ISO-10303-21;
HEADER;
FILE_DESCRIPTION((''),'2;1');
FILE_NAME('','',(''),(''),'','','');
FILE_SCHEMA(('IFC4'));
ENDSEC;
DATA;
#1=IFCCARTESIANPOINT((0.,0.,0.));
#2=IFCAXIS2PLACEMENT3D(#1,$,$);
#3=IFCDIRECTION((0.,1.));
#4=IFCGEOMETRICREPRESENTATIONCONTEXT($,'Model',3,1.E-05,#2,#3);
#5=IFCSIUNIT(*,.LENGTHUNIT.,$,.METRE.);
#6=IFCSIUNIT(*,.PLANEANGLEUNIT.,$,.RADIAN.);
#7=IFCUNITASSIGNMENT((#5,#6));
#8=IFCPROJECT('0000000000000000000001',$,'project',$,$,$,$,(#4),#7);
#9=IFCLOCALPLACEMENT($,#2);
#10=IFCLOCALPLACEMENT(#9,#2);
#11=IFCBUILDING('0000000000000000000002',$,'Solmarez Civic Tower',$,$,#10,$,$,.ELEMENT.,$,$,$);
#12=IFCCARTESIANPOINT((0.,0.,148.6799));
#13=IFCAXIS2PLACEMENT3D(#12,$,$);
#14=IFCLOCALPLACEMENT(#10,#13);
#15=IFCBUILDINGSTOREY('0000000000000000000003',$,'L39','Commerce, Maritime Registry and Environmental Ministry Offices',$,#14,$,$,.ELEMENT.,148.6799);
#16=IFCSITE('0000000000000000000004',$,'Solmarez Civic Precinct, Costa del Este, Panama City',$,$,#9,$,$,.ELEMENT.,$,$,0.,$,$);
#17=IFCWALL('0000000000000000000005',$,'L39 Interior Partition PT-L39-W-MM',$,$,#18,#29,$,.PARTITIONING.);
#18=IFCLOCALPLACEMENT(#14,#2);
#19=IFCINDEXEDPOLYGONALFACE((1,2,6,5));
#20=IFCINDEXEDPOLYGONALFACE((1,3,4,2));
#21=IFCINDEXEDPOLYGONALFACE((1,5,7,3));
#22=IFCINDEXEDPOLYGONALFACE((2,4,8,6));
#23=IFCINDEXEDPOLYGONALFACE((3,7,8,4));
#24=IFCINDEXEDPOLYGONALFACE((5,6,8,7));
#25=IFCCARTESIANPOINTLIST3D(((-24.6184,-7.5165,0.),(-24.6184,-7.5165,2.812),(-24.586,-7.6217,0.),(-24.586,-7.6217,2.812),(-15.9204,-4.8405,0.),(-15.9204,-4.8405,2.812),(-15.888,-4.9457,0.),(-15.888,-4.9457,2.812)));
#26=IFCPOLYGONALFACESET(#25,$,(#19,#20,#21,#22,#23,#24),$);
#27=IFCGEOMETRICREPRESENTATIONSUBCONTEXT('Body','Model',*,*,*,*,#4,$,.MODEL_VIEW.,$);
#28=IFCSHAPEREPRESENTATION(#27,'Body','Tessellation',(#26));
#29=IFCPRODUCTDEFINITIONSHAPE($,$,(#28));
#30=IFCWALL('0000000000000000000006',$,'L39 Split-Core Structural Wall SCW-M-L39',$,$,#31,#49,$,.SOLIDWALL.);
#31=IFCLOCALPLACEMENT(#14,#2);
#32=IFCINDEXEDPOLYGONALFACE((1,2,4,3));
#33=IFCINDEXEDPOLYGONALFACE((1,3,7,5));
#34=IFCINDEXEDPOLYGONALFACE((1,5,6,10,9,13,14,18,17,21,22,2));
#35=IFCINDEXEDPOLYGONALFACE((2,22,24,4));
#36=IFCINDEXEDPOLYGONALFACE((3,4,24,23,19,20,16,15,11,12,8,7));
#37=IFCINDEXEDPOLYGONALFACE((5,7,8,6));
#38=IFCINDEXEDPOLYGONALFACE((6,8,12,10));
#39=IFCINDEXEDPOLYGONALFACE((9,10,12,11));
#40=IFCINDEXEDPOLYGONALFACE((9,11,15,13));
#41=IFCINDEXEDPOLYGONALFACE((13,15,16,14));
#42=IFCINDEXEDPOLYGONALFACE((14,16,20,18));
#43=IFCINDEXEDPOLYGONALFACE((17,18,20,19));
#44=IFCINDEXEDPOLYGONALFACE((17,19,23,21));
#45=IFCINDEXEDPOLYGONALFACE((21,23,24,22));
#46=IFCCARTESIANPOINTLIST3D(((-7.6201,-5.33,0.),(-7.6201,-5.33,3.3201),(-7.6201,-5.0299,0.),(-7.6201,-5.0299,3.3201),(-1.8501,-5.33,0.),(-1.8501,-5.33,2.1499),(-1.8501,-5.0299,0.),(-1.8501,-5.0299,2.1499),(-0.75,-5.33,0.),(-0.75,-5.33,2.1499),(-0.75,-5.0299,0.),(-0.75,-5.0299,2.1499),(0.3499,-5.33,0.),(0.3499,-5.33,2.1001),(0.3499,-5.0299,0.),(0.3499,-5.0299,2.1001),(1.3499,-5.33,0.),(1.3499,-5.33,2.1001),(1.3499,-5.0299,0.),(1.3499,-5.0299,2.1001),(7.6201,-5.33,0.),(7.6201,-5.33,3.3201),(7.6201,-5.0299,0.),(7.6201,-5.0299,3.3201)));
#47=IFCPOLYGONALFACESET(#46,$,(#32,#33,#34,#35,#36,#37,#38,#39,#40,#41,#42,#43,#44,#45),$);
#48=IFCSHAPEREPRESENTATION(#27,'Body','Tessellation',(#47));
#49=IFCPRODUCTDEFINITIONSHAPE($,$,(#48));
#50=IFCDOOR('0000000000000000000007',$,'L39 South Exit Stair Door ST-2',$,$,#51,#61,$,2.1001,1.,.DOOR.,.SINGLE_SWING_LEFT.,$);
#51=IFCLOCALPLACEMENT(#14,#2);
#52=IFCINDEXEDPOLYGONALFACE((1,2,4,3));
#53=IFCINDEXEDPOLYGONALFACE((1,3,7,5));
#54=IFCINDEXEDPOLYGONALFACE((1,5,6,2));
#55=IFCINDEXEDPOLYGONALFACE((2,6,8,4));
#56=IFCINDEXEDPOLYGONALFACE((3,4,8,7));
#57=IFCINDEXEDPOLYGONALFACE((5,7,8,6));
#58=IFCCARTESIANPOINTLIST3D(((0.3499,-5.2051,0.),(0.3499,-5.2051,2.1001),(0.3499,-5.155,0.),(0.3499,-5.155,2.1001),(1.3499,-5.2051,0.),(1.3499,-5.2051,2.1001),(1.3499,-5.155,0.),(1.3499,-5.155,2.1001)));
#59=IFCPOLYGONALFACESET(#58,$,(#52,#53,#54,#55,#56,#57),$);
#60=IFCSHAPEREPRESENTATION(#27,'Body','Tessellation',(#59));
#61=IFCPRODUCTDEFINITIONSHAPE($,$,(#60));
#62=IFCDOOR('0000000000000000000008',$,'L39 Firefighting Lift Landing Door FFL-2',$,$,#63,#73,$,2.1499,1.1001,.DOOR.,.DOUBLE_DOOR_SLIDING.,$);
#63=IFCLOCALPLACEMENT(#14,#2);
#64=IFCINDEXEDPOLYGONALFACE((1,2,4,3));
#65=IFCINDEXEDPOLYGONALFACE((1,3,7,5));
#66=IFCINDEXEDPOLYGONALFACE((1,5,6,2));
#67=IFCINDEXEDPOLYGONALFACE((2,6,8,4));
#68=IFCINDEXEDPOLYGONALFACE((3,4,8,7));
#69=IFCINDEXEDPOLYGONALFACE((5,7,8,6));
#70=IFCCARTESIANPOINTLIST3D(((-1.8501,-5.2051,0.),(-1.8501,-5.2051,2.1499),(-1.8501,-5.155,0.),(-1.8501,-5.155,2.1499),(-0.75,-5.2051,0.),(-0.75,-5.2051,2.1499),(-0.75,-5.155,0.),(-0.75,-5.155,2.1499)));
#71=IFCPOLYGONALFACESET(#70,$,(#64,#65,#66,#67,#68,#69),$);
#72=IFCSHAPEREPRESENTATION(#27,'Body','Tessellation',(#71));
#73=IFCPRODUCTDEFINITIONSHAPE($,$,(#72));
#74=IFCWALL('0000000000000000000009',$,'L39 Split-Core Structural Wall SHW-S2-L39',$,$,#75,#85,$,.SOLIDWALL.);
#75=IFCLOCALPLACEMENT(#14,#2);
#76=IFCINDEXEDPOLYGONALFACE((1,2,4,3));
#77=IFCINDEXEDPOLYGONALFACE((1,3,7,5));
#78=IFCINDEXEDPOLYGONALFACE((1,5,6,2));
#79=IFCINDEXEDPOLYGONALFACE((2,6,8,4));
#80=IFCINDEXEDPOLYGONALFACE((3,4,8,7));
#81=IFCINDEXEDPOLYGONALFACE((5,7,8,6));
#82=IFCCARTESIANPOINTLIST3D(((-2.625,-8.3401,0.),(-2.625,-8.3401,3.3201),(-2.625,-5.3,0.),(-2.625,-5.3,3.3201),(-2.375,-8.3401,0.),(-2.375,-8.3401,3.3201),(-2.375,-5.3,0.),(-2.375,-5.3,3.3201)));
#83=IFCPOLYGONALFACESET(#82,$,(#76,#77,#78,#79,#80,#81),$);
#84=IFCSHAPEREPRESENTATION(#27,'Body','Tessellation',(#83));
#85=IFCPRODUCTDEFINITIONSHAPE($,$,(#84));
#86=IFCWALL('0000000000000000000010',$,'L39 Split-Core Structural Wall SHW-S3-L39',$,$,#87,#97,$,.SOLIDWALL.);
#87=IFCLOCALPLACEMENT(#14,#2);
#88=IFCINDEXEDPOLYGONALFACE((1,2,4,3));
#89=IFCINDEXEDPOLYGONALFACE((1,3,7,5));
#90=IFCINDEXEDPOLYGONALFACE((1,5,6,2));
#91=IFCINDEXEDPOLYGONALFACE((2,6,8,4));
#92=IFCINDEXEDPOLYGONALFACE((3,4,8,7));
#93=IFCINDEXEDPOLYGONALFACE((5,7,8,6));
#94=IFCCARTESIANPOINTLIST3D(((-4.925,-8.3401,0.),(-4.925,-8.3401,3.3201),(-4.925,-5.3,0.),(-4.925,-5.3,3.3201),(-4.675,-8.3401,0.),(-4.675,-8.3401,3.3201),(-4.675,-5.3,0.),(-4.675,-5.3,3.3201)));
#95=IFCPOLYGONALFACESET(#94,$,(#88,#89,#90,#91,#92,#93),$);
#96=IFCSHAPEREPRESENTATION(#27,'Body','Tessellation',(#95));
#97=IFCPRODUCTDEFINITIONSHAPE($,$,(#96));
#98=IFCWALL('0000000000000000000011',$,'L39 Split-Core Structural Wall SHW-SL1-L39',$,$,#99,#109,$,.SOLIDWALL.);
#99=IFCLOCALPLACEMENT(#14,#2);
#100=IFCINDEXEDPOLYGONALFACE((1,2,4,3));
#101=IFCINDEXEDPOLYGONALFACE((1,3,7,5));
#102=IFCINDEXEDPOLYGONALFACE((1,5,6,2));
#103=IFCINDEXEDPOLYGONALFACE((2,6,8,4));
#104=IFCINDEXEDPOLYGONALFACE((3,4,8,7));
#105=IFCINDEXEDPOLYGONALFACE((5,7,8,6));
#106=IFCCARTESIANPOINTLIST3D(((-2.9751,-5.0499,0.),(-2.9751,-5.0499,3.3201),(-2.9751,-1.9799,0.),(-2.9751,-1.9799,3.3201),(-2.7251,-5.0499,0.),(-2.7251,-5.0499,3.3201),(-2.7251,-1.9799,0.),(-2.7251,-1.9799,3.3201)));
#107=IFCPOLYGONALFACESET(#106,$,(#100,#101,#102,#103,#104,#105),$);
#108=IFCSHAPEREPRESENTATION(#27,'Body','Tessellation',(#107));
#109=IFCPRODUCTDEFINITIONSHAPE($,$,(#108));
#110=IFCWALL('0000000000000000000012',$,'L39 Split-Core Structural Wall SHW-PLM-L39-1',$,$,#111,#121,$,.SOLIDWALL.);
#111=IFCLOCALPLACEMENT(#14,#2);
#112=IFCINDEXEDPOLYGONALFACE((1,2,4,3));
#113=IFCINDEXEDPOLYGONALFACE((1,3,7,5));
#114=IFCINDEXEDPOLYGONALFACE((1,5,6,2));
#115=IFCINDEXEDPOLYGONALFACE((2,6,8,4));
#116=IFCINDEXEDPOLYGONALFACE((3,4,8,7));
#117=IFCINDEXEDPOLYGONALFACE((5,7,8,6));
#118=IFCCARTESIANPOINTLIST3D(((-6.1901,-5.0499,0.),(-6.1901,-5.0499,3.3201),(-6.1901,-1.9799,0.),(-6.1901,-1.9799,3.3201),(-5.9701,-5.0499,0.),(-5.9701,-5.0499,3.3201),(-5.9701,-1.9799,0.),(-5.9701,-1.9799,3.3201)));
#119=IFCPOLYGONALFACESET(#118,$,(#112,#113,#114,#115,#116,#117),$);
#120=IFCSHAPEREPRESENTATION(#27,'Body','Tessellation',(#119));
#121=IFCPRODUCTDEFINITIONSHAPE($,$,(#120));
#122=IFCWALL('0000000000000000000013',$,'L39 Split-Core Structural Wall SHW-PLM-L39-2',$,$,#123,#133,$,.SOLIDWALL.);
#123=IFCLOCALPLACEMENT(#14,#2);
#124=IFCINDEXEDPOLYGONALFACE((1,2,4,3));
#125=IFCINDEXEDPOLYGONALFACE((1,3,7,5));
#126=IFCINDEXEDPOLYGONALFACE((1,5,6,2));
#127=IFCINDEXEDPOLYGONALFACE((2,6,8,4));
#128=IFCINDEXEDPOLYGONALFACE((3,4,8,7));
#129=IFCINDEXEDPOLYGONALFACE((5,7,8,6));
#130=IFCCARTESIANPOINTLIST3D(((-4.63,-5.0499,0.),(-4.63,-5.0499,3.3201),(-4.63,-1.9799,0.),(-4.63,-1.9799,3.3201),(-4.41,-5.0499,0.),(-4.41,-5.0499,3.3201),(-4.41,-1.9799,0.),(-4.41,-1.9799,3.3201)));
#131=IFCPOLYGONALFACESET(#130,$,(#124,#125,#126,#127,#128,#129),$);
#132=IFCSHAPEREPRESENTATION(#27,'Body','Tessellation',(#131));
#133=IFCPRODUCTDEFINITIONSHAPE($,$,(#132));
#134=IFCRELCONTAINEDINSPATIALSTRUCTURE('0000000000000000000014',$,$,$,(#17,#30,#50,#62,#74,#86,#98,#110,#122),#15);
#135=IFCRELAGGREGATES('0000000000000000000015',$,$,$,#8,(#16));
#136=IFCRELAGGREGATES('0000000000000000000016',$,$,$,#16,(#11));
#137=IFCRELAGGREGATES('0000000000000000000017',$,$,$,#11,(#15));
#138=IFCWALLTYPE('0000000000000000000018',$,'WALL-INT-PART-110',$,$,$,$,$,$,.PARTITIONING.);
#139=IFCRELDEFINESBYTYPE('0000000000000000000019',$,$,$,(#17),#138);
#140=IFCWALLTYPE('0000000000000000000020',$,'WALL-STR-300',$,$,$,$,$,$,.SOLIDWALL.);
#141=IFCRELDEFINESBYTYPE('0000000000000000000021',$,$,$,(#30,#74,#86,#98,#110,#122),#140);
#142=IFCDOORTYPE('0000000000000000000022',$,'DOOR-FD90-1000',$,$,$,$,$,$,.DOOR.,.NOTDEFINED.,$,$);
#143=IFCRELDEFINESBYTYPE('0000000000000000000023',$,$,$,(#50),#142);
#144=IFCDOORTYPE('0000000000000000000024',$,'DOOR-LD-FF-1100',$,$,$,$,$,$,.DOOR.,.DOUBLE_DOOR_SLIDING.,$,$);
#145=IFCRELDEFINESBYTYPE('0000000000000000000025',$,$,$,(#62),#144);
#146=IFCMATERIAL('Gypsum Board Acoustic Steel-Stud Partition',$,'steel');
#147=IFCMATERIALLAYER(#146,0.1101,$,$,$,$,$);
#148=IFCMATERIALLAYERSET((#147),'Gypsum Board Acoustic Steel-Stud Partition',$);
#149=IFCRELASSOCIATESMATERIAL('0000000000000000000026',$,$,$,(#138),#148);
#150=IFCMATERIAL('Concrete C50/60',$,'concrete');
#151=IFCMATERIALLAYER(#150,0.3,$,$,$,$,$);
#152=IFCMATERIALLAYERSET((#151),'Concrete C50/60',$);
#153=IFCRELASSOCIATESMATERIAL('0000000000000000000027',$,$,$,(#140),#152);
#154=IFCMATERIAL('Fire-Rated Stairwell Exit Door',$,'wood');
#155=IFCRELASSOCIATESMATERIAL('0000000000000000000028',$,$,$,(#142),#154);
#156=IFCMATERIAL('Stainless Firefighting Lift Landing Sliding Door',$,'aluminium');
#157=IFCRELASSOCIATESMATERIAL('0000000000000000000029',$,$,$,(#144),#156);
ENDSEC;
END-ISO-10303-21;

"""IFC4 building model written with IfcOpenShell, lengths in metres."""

from ifc_helpers import new_model, si_unit, direction, frame, frame_2d, origin, place, context, subcontext, project, spatial, rectangle, extrude, material, layer, layer_set, type_object, element, fill, save


model = new_model("IFC4")

# Units and contexts
model_context = context("Model", 3, precision=1e-05, world=origin(), true_north=direction((0.0, 1.0)))
body_context = subcontext(model_context, "Body", "Model", "MODEL_VIEW")
ifc_project = project(units=[si_unit("LENGTHUNIT", "METRE"), si_unit("PLANEANGLEUNIT", "RADIAN")], contexts=[model_context])

# Site, building, storey
site_placement = place(None, origin())
site = spatial("IfcSite", under=ifc_project, at=site_placement, Name="Solmarez Civic Precinct, Costa del Este, Panama City", CompositionType="ELEMENT", RefElevation=0.0)
building_placement = place(site_placement, origin())
building = spatial("IfcBuilding", under=site, at=building_placement, Name="Solmarez Civic Tower", CompositionType="ELEMENT")
storey_placement = place(building_placement, frame((0.0, 0.0, 148.6799)))
storey = spatial("IfcBuildingStorey", under=building, at=storey_placement, Name="L39", Description="Commerce, Maritime Registry and Environmental Ministry Offices", CompositionType="ELEMENT", Elevation=148.6799)

# Shared definitions
ifc_material_1 = material(Name="Concrete C50/60", Category="concrete")

# Wall
ifc_material_2 = material(Name="Gypsum Board Acoustic Steel-Stud Partition", Category="steel")
ifc_layer_1 = layer(ifc_material_2, 0.1101)
ifc_layer_set_1 = layer_set([ifc_layer_1], Name="Gypsum Board Acoustic Steel-Stud Partition")
wall_type_1 = type_object("IfcWallType", Name="WALL-INT-PART-110", PredefinedType="PARTITIONING", material=ifc_layer_set_1)
wall_1_placement = place(storey_placement, frame((-15.9041, -4.8931, 0.0), z_axis=(0.0, 0.0, 1.0), x_axis=(-0.955788, -0.294058, 0.0)))
element("IfcWall", 1, at=wall_1_placement, inside=storey, type_object=wall_type_1, Name="L39 Interior Partition PT-L39-W-MM", PredefinedType="PARTITIONING", context=body_context, shape_type="SweptSolid", body=[
    extrude(rectangle(XDim=9.1003, YDim=0.1101, at=frame_2d((4.5503, 0.0))), origin(), (0.0, 0.0, 1.0), 2.812),
])

# Wall, openings, doors
ifc_layer_2 = layer(ifc_material_1, 0.3)
ifc_layer_set_2 = layer_set([ifc_layer_2], Name="Concrete C50/60")
wall_type_2 = type_object("IfcWallType", Name="WALL-STR-300", PredefinedType="SOLIDWALL", material=ifc_layer_set_2)
wall_2_placement = place(storey_placement, frame((-7.6201, -5.1799, 0.0), z_axis=(0.0, 0.0, 1.0), x_axis=(1.0, 0.0, 0.0)))
wall_2 = element("IfcWall", 2, at=wall_2_placement, inside=storey, type_object=wall_type_2, Name="L39 Split-Core Structural Wall SCW-M-L39", PredefinedType="SOLIDWALL", context=body_context, shape_type="SweptSolid", body=[
    extrude(rectangle(XDim=15.2402, YDim=0.3, at=frame_2d((7.6201, 0.0))), origin(), (0.0, 0.0, 1.0), 3.3201),
])
opening_1_placement = place(wall_2_placement, frame((5.77, 0.0, 0.0)))
opening_1 = element("IfcOpeningElement", 3, at=opening_1_placement, cuts=wall_2, PredefinedType="OPENING", context=body_context, shape_type="SweptSolid", body=[
    extrude(rectangle(XDim=1.1001, YDim=2.1499, at=frame_2d((0.55, 1.075))), frame((0.0, 0.1599, 0.0), z_axis=(0.0, -1.0, 0.0), x_axis=(1.0, 0.0, 0.0)), (0.0, 0.0, 1.0), 0.3201),
])
opening_2_placement = place(wall_2_placement, frame((7.97, 0.0, 0.0)))
opening_2 = element("IfcOpeningElement", 4, at=opening_2_placement, cuts=wall_2, PredefinedType="OPENING", context=body_context, shape_type="SweptSolid", body=[
    extrude(rectangle(XDim=1.0, YDim=2.1001, at=frame_2d((0.5, 1.05))), frame((0.0, 0.1599, 0.0), z_axis=(0.0, -1.0, 0.0), x_axis=(1.0, 0.0, 0.0)), (0.0, 0.0, 1.0), 0.3201),
])
ifc_material_3 = material(Name="Fire-Rated Stairwell Exit Door", Category="wood")
door_type_1 = type_object("IfcDoorType", Name="DOOR-FD90-1000", OperationType="NOTDEFINED", PredefinedType="DOOR", material=ifc_material_3)
door_1_placement = place(opening_2_placement, origin())
door_1 = element("IfcDoor", 5, at=door_1_placement, inside=storey, type_object=door_type_1, Name="L39 South Exit Stair Door ST-2", OperationType="SINGLE_SWING_LEFT", OverallHeight=2.1001, OverallWidth=1.0, PredefinedType="DOOR", context=body_context, shape_type="SweptSolid", body=[
    extrude(rectangle(XDim=1.0, YDim=2.1001, at=frame_2d((0.5, 1.05))), frame((0.0, 0.0249, 0.0), z_axis=(0.0, -1.0, 0.0), x_axis=(1.0, 0.0, 0.0)), (0.0, 0.0, 1.0), 0.05),
])
fill(opening_2, door_1)
ifc_material_4 = material(Name="Stainless Firefighting Lift Landing Sliding Door", Category="aluminium")
door_type_2 = type_object("IfcDoorType", Name="DOOR-LD-FF-1100", OperationType="DOUBLE_DOOR_SLIDING", PredefinedType="DOOR", material=ifc_material_4)
door_2_placement = place(opening_1_placement, origin())
door_2 = element("IfcDoor", 6, at=door_2_placement, inside=storey, type_object=door_type_2, Name="L39 Firefighting Lift Landing Door FFL-2", OperationType="DOUBLE_DOOR_SLIDING", OverallHeight=2.1499, OverallWidth=1.1001, PredefinedType="DOOR", context=body_context, shape_type="SweptSolid", body=[
    extrude(rectangle(XDim=1.1001, YDim=2.1499, at=frame_2d((0.55, 1.075))), frame((0.0, 0.0249, 0.0), z_axis=(0.0, -1.0, 0.0), x_axis=(1.0, 0.0, 0.0)), (0.0, 0.0, 1.0), 0.05),
])
fill(opening_1, door_2)

# Walls
for number, where, z_axis, x_axis, name in (
    (7, (-2.5, -8.3401, 0.0), (0.0, 0.0, 1.0), (0.0, 1.0, 0.0), "L39 Split-Core Structural Wall SHW-S2-L39"),
    (8, (-4.8, -8.3401, 0.0), (0.0, 0.0, 1.0), (0.0, 1.0, 0.0), "L39 Split-Core Structural Wall SHW-S3-L39"),
):
    element("IfcWall", number, at=place(storey_placement, frame(where, z_axis=z_axis, x_axis=x_axis)), inside=storey, type_object=wall_type_2, Name=name, PredefinedType="SOLIDWALL", context=body_context, shape_type="SweptSolid", body=[
        extrude(rectangle(XDim=3.04, YDim=0.25, at=frame_2d((1.52, 0.0))), origin(), (0.0, 0.0, 1.0), 3.3201),
    ])
wall_3_placement = place(storey_placement, frame((-2.8501, -5.05, 0.0), z_axis=(0.0, 0.0, 1.0), x_axis=(0.0, 1.0, 0.0)))
element("IfcWall", 9, at=wall_3_placement, inside=storey, type_object=wall_type_2, Name="L39 Split-Core Structural Wall SHW-SL1-L39", PredefinedType="SOLIDWALL", context=body_context, shape_type="SweptSolid", body=[
    extrude(rectangle(XDim=3.0701, YDim=0.25, at=frame_2d((1.5352, 0.0))), origin(), (0.0, 0.0, 1.0), 3.3201),
])
for number, where, z_axis, x_axis, name in (
    (10, (-6.0801, -5.05, 0.0), (0.0, 0.0, 1.0), (0.0, 1.0, 0.0), "L39 Split-Core Structural Wall SHW-PLM-L39-1"),
    (11, (-4.52, -5.05, 0.0), (0.0, 0.0, 1.0), (0.0, 1.0, 0.0), "L39 Split-Core Structural Wall SHW-PLM-L39-2"),
):
    element("IfcWall", number, at=place(storey_placement, frame(where, z_axis=z_axis, x_axis=x_axis)), inside=storey, type_object=wall_type_2, Name=name, PredefinedType="SOLIDWALL", context=body_context, shape_type="SweptSolid", body=[
        extrude(rectangle(XDim=3.0701, YDim=0.22, at=frame_2d((1.5352, 0.0))), origin(), (0.0, 0.0, 1.0), 3.3201),
    ])

save(model, "model.ifc")
